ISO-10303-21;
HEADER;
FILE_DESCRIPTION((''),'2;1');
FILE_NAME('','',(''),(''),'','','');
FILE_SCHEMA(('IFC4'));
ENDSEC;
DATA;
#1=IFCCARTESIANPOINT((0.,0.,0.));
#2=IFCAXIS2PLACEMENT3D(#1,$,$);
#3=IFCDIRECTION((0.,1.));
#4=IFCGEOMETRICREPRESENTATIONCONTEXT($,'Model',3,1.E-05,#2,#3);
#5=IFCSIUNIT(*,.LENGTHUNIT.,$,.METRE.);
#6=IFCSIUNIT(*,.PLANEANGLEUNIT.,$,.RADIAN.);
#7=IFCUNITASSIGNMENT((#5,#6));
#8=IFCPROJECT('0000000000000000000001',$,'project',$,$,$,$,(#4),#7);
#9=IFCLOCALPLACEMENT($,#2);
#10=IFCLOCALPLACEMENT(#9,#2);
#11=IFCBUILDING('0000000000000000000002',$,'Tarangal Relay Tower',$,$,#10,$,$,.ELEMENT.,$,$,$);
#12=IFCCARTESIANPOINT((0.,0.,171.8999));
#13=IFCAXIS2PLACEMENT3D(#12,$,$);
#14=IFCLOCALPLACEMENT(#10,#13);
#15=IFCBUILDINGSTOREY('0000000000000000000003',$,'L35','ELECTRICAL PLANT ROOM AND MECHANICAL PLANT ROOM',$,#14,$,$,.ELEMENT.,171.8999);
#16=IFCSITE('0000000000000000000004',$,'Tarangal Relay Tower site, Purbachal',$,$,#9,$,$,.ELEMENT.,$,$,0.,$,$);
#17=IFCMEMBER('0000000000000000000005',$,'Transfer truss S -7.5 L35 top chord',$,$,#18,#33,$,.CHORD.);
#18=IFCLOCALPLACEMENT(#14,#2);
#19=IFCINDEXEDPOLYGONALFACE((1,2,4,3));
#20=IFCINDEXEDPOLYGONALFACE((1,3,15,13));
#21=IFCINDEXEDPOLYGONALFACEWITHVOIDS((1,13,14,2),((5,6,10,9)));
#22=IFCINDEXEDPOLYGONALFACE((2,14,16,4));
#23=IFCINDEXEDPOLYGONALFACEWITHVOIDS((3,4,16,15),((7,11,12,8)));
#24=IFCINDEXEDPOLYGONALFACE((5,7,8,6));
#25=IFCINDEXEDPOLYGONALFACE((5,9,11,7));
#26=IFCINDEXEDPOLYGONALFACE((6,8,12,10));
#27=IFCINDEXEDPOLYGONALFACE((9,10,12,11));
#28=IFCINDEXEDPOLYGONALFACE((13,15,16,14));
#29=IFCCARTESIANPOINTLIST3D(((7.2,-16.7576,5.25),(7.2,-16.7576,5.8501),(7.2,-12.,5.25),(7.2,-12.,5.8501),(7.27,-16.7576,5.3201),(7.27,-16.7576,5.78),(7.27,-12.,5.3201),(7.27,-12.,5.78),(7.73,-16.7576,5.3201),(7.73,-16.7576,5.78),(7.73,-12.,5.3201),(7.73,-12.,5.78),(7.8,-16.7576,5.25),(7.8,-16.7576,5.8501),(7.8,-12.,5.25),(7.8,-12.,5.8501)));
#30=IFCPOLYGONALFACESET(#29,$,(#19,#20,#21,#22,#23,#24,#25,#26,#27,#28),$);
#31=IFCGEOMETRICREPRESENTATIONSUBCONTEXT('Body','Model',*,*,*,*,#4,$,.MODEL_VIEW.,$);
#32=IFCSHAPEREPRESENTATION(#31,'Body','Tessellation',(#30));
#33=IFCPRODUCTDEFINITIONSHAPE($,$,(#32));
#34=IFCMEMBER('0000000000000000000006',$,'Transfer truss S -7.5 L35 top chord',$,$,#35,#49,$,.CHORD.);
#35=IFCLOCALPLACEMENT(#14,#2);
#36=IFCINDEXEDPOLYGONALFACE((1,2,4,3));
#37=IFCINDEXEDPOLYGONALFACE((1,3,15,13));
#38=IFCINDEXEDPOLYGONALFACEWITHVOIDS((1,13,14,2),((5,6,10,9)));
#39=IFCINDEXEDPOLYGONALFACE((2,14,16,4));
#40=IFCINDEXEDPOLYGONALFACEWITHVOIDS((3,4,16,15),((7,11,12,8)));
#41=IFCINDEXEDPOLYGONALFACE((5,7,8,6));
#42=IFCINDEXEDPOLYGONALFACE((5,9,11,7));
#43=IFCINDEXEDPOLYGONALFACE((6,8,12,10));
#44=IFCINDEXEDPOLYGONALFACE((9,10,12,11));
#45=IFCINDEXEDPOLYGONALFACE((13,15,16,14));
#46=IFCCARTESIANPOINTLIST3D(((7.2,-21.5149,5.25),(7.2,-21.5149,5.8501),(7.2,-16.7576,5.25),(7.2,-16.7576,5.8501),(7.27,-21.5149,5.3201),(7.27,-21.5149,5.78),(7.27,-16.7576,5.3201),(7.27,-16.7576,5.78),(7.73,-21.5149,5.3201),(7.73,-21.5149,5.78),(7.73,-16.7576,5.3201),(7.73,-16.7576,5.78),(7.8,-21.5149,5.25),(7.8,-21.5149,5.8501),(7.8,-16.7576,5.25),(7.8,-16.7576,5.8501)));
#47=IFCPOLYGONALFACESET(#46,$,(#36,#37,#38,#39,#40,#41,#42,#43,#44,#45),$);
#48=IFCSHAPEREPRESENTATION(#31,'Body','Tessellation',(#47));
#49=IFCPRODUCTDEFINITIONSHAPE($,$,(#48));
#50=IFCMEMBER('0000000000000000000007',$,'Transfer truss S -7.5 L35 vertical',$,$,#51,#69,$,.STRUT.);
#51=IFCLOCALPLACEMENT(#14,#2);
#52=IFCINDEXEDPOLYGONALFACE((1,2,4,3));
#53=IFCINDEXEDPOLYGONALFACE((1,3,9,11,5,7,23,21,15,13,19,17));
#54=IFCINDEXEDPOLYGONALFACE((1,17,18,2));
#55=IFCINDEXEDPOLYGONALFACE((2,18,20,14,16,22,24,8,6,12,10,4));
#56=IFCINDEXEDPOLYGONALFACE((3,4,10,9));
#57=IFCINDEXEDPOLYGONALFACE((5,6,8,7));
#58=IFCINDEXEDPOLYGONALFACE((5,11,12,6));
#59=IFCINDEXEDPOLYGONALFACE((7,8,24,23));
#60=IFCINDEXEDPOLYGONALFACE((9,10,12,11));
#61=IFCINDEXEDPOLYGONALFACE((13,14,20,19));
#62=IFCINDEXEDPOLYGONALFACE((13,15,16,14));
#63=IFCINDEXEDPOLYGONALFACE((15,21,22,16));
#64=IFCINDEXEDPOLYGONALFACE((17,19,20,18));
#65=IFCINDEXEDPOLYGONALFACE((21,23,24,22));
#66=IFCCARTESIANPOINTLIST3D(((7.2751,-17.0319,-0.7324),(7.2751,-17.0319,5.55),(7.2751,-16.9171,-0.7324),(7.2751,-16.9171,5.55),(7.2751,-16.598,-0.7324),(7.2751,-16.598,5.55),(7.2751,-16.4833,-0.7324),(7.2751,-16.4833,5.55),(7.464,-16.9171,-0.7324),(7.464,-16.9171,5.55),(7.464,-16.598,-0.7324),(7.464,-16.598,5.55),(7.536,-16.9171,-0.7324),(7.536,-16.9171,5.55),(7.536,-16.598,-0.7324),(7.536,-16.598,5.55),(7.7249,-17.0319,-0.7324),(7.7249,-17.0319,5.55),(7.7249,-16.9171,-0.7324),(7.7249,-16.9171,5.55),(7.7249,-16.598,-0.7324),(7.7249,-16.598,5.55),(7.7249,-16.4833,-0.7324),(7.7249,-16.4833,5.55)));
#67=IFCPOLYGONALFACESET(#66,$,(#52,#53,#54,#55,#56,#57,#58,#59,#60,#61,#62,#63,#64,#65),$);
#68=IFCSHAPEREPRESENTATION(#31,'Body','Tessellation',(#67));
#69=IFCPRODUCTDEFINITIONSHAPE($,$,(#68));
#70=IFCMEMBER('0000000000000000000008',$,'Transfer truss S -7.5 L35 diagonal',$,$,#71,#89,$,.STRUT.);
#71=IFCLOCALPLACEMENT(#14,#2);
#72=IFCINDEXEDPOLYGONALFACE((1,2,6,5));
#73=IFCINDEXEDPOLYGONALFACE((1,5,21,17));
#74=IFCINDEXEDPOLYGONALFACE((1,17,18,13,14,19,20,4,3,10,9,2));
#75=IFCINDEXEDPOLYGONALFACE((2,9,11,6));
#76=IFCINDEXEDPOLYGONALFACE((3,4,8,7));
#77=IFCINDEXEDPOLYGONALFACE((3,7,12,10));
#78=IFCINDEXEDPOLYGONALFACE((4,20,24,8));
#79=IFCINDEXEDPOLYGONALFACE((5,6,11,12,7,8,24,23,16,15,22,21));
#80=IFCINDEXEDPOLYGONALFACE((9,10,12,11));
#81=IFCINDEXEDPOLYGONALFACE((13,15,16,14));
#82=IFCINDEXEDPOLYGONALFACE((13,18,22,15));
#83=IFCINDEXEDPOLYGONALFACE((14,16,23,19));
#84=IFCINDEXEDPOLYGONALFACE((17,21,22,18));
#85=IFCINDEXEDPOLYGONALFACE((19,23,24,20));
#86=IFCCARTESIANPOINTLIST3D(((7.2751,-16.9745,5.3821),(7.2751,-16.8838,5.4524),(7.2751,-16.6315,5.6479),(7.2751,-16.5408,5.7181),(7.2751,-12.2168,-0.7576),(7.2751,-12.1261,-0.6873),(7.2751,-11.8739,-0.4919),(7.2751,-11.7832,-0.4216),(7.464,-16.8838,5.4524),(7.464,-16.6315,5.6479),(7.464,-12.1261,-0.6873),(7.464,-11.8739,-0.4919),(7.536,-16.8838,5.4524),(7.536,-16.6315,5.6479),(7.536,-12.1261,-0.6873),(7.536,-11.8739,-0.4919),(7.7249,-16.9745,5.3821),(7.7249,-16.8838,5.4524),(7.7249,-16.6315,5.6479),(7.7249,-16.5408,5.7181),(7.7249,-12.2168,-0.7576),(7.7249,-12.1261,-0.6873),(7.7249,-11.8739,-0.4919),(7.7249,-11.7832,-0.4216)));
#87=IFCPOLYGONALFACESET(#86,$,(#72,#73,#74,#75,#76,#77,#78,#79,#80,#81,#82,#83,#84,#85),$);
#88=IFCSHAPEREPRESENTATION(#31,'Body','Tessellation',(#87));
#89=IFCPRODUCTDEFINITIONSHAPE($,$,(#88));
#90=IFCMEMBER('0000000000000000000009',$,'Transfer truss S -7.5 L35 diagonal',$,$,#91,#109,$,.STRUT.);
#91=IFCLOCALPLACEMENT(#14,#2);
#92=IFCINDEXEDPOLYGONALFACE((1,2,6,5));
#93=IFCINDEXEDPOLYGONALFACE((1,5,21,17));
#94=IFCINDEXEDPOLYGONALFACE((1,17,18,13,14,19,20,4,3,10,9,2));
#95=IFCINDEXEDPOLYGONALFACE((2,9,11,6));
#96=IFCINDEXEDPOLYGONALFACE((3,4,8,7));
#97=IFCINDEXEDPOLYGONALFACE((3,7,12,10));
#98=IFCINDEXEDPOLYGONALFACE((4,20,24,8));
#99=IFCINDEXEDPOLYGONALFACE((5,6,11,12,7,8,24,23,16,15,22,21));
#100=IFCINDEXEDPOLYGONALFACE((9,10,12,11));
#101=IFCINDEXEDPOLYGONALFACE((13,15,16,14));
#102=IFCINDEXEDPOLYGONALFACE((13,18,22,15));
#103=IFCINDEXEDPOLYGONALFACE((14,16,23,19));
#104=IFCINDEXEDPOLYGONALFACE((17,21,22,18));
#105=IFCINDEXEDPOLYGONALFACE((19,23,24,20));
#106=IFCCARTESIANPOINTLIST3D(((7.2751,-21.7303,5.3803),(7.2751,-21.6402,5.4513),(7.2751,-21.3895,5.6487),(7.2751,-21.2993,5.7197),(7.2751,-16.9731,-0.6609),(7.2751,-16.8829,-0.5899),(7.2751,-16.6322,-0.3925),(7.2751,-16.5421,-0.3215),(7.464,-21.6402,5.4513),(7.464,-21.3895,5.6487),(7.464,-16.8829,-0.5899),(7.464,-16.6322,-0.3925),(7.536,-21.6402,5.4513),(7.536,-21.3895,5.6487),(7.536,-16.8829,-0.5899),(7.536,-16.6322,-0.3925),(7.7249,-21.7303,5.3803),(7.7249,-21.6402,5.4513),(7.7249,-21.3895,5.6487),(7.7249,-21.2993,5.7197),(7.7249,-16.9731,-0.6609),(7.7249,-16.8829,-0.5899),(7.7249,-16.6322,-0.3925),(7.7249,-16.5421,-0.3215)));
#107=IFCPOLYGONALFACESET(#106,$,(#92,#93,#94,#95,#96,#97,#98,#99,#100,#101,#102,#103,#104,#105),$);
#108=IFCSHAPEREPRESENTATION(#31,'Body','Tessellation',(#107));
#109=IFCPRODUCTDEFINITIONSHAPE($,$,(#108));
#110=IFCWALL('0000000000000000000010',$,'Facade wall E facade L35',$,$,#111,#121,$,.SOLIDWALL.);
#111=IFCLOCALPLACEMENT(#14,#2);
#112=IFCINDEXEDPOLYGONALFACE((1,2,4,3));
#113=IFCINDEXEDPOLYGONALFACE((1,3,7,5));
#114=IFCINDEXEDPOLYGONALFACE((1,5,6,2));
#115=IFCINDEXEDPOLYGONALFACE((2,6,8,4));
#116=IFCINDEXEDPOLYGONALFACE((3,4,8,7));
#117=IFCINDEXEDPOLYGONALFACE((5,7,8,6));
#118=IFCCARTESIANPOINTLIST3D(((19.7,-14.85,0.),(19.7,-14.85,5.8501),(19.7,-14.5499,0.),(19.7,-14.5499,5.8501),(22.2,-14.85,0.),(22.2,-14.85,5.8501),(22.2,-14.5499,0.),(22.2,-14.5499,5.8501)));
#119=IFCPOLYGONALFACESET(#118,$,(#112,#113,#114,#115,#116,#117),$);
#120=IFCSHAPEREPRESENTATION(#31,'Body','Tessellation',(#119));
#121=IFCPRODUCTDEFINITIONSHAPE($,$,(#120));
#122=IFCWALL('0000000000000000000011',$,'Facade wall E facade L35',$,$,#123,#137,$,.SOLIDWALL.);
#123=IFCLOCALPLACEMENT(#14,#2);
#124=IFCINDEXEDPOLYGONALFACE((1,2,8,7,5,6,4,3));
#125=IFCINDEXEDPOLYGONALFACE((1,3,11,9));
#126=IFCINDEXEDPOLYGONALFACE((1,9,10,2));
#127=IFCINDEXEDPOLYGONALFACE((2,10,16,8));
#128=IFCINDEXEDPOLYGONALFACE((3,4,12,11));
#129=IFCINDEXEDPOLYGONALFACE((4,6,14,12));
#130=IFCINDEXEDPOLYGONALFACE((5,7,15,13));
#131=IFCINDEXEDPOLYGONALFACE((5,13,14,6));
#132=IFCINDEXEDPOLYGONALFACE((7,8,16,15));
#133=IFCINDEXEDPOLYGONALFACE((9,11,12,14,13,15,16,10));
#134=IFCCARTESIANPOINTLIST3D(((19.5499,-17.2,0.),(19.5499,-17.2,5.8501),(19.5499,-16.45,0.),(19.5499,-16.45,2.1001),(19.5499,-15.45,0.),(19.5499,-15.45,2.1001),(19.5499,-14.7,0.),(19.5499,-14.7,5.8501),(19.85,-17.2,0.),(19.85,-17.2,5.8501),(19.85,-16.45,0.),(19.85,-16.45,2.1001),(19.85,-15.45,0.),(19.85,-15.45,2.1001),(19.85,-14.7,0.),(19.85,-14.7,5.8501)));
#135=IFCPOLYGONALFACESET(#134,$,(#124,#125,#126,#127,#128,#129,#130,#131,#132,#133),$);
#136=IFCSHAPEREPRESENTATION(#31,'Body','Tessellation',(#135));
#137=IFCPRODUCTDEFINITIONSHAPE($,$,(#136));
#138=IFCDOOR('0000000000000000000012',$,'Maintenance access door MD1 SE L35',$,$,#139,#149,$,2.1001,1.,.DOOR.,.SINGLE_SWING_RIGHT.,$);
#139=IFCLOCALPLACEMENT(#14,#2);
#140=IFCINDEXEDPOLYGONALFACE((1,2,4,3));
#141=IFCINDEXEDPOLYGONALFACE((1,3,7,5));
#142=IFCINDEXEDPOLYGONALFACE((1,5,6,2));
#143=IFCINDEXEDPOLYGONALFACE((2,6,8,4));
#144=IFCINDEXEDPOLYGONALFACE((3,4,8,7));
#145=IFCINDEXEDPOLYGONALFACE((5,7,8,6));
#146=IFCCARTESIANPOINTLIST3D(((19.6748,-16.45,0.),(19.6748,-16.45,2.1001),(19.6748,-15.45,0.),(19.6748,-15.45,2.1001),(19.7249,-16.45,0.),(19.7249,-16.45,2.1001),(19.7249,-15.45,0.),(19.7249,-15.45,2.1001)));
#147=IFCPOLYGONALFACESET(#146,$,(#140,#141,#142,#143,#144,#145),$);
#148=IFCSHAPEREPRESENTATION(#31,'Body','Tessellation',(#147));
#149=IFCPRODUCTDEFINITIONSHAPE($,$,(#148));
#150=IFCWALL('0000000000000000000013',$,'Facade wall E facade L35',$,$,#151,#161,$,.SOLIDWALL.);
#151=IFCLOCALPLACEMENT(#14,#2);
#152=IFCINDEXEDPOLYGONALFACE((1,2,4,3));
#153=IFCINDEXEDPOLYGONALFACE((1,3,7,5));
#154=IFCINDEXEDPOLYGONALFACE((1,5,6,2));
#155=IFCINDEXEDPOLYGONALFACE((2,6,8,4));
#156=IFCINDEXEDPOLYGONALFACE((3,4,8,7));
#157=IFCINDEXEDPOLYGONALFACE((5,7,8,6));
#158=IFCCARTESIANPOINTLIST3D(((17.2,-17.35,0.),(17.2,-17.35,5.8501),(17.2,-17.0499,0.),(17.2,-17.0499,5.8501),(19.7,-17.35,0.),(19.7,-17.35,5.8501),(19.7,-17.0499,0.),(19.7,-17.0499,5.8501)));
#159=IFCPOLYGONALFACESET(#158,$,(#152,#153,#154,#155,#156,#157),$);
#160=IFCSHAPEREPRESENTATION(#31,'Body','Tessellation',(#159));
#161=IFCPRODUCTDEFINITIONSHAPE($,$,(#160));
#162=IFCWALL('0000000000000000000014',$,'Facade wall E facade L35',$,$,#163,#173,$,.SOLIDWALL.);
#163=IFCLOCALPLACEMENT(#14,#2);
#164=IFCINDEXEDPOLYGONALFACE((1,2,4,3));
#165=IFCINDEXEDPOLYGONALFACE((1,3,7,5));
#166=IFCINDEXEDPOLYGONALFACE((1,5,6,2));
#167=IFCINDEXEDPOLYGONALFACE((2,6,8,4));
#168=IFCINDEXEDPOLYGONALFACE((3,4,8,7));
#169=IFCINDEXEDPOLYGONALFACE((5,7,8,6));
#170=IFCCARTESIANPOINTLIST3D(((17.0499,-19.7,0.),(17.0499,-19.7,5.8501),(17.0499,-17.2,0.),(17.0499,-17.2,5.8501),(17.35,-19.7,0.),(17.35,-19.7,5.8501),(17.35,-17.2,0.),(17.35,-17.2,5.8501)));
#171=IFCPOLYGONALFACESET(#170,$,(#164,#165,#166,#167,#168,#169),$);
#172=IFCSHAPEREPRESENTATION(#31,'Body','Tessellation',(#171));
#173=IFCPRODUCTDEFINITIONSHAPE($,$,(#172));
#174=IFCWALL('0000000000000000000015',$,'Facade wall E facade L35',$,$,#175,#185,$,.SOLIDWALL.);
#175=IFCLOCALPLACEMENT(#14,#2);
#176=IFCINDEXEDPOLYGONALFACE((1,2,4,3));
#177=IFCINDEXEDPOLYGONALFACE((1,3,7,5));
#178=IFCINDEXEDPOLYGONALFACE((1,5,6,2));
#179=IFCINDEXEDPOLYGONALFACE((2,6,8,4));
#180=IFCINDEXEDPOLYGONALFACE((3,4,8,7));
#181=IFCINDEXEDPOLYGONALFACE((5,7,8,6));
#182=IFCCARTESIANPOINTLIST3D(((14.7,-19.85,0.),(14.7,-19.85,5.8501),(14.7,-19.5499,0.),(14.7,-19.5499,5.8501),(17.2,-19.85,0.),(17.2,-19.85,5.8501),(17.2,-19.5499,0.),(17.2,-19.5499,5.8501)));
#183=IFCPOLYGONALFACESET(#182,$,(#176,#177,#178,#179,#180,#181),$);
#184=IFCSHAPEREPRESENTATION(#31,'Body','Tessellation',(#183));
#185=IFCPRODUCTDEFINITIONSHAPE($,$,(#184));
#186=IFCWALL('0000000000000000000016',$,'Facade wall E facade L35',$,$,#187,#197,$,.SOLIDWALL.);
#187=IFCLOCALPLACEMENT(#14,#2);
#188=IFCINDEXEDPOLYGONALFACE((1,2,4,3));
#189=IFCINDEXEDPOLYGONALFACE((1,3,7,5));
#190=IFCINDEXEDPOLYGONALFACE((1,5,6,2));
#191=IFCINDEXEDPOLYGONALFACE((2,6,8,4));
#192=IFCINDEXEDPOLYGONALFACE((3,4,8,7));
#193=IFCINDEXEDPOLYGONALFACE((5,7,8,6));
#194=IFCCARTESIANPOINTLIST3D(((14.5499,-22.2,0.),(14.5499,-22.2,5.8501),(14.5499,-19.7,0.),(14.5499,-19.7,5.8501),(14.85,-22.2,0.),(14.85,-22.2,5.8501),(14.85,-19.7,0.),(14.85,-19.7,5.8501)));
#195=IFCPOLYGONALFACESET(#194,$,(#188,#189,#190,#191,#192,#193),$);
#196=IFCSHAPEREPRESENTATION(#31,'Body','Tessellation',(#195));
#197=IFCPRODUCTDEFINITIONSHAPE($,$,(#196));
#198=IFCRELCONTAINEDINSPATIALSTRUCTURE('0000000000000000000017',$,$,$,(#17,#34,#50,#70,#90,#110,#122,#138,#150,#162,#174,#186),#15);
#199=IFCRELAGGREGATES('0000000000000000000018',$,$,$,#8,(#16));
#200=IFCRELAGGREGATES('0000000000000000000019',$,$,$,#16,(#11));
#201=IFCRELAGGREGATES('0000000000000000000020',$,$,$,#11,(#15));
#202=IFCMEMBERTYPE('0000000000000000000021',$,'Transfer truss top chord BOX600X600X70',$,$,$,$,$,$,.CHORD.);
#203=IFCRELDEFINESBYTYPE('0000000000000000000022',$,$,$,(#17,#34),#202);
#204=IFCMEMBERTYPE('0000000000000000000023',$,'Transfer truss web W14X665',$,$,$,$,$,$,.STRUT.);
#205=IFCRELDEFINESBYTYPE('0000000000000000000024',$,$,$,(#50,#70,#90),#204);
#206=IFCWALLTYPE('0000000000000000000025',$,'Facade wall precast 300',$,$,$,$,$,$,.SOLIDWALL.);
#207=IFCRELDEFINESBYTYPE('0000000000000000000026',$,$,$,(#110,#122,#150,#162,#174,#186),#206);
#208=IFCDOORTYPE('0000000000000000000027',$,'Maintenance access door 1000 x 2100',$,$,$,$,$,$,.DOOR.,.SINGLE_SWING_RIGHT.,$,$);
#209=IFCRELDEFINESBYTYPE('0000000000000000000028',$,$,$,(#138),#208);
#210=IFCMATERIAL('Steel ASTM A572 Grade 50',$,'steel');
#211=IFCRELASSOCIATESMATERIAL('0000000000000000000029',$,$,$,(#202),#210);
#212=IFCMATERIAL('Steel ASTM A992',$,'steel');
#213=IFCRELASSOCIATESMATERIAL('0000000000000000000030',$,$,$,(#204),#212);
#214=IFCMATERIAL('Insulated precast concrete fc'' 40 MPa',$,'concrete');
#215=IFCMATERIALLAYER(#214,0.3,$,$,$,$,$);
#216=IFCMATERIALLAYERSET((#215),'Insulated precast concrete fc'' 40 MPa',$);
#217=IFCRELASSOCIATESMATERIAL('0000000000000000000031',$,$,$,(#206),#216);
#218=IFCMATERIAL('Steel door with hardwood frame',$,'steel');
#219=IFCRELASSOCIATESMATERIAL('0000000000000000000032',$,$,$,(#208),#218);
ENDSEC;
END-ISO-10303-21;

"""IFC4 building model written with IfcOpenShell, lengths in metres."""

from ifc_helpers import new_model, si_unit, direction, frame, frame_2d, origin, origin_2d, place, context, subcontext, project, spatial, rectangle, hollow_rectangle, i_section, extrude, material, layer, layer_set, material_profile, profile_set, type_object, element, fill, save


model = new_model("IFC4")

# Units and contexts
model_context = context("Model", 3, precision=1e-05, world=origin(), true_north=direction((0.0, 1.0)))
body_context = subcontext(model_context, "Body", "Model", "MODEL_VIEW")
ifc_project = project(units=[si_unit("LENGTHUNIT", "METRE"), si_unit("PLANEANGLEUNIT", "RADIAN")], contexts=[model_context])

# Site, building, storey
site_placement = place(None, origin())
site = spatial("IfcSite", under=ifc_project, at=site_placement, Name="Tarangal Relay Tower site, Purbachal", CompositionType="ELEMENT", RefElevation=0.0)
building_placement = place(site_placement, origin())
building = spatial("IfcBuilding", under=site, at=building_placement, Name="Tarangal Relay Tower", CompositionType="ELEMENT")
storey_placement = place(building_placement, frame((0.0, 0.0, 171.8999)))
storey = spatial("IfcBuildingStorey", under=building, at=storey_placement, Name="L35", Description="ELECTRICAL PLANT ROOM AND MECHANICAL PLANT ROOM", CompositionType="ELEMENT", Elevation=171.8999)

# Shared definitions
ifc_material_1 = material(Name="Steel ASTM A992", Category="steel")

# Members
ifc_material_2 = material(Name="Steel ASTM A572 Grade 50", Category="steel")
ifc_material_profile_1 = material_profile(ifc_material_2, hollow_rectangle(XDim=0.6001, YDim=0.6001, WallThickness=0.0701, at=origin_2d()), Name="BOX600X600X70")
ifc_profile_set_1 = profile_set([ifc_material_profile_1], Name="Steel ASTM A572 Grade 50")
member_type_1 = type_object("IfcMemberType", Name="Transfer truss top chord BOX600X600X70", PredefinedType="CHORD", material=ifc_profile_set_1)
member_1_placement = place(storey_placement, frame((7.5, -12.0, 5.55), z_axis=(0.0, -1.0, 0.0), x_axis=(1.0, 0.0, 0.0)))
element("IfcMember", 1, at=member_1_placement, inside=storey, type_object=member_type_1, Name="Transfer truss S -7.5 L35 top chord", PredefinedType="CHORD", context=body_context, shape_type="SweptSolid", body=[
    extrude(hollow_rectangle(XDim=0.6001, YDim=0.6001, WallThickness=0.0701, at=origin_2d()), origin(), (0.0, 0.0, 1.0), 4.7576),
])
member_2_placement = place(storey_placement, frame((7.5, -16.7576, 5.55), z_axis=(0.0, -1.0, 0.0), x_axis=(1.0, 0.0, 0.0)))
element("IfcMember", 2, at=member_2_placement, inside=storey, type_object=member_type_1, Name="Transfer truss S -7.5 L35 top chord", PredefinedType="CHORD", context=body_context, shape_type="SweptSolid", body=[
    extrude(hollow_rectangle(XDim=0.6001, YDim=0.6001, WallThickness=0.0701, at=origin_2d()), origin(), (0.0, 0.0, 1.0), 4.7573),
])
ifc_material_profile_2 = material_profile(ifc_material_1, i_section(OverallWidth=0.4497, OverallDepth=0.5486, WebThickness=0.072, FlangeThickness=0.1147, at=origin_2d()), Name="W14X665")
ifc_profile_set_2 = profile_set([ifc_material_profile_2], Name="Steel ASTM A992")
member_type_2 = type_object("IfcMemberType", Name="Transfer truss web W14X665", PredefinedType="STRUT", material=ifc_profile_set_2)
member_3_placement = place(storey_placement, frame((7.5, -16.7576, -0.7324), z_axis=(0.0, 0.0, 1.0), x_axis=(1.0, 0.0, 0.0)))
element("IfcMember", 3, at=member_3_placement, inside=storey, type_object=member_type_2, Name="Transfer truss S -7.5 L35 vertical", PredefinedType="STRUT", context=body_context, shape_type="SweptSolid", body=[
    extrude(i_section(OverallWidth=0.4497, OverallDepth=0.5486, WebThickness=0.072, FlangeThickness=0.1147, at=origin_2d()), origin(), (0.0, 0.0, 1.0), 6.2825),
])
member_4_placement = place(storey_placement, frame((7.5, -12.0, -0.5896), z_axis=(0.0, -0.612519, 0.790456), x_axis=(1.0, 0.0, 0.0)))
element("IfcMember", 4, at=member_4_placement, inside=storey, type_object=member_type_2, Name="Transfer truss S -7.5 L35 diagonal", PredefinedType="STRUT", context=body_context, shape_type="SweptSolid", body=[
    extrude(i_section(OverallWidth=0.4497, OverallDepth=0.5486, WebThickness=0.072, FlangeThickness=0.1147, at=origin_2d()), origin(), (0.0, 0.0, 1.0), 7.7673),
])
member_5_placement = place(storey_placement, frame((7.5, -16.7576, -0.4912), z_axis=(0.0, -0.618675, 0.785647), x_axis=(1.0, 0.0, 0.0)))
element("IfcMember", 5, at=member_5_placement, inside=storey, type_object=member_type_2, Name="Transfer truss S -7.5 L35 diagonal", PredefinedType="STRUT", context=body_context, shape_type="SweptSolid", body=[
    extrude(i_section(OverallWidth=0.4497, OverallDepth=0.5486, WebThickness=0.072, FlangeThickness=0.1147, at=origin_2d()), origin(), (0.0, 0.0, 1.0), 7.6895),
])

# Wall
ifc_material_3 = material(Name="Insulated precast concrete fc' 40 MPa", Category="concrete")
ifc_layer_1 = layer(ifc_material_3, 0.3)
ifc_layer_set_1 = layer_set([ifc_layer_1], Name="Insulated precast concrete fc' 40 MPa")
wall_type_1 = type_object("IfcWallType", Name="Facade wall precast 300", PredefinedType="SOLIDWALL", material=ifc_layer_set_1)
wall_1_placement = place(storey_placement, frame((22.2, -14.7, 0.0), z_axis=(0.0, 0.0, 1.0), x_axis=(-1.0, 0.0, 0.0)))
element("IfcWall", 6, at=wall_1_placement, inside=storey, type_object=wall_type_1, Name="Facade wall E facade L35", PredefinedType="SOLIDWALL", context=body_context, shape_type="SweptSolid", body=[
    extrude(rectangle(XDim=2.5, YDim=0.3, at=frame_2d((1.25, 0.0))), origin(), (0.0, 0.0, 1.0), 5.8501),
])

# Wall, opening, door
wall_2_placement = place(storey_placement, frame((19.7, -14.7, 0.0), z_axis=(0.0, 0.0, 1.0), x_axis=(0.0, -1.0, 0.0)))
wall_2 = element("IfcWall", 7, at=wall_2_placement, inside=storey, type_object=wall_type_1, Name="Facade wall E facade L35", PredefinedType="SOLIDWALL", context=body_context, shape_type="SweptSolid", body=[
    extrude(rectangle(XDim=2.5, YDim=0.3, at=frame_2d((1.25, 0.0))), origin(), (0.0, 0.0, 1.0), 5.8501),
])
opening_1_placement = place(wall_2_placement, frame((0.75, 0.0, 0.0)))
opening_1 = element("IfcOpeningElement", 8, at=opening_1_placement, cuts=wall_2, PredefinedType="OPENING", context=body_context, shape_type="SweptSolid", body=[
    extrude(rectangle(XDim=1.0, YDim=2.1001, at=frame_2d((0.5, 1.05))), frame((0.0, 0.1599, 0.0), z_axis=(0.0, -1.0, 0.0), x_axis=(1.0, 0.0, 0.0)), (0.0, 0.0, 1.0), 0.3201),
])
ifc_material_4 = material(Name="Steel door with hardwood frame", Category="steel")
door_type = type_object("IfcDoorType", Name="Maintenance access door 1000 x 2100", OperationType="SINGLE_SWING_RIGHT", PredefinedType="DOOR", material=ifc_material_4)
door_placement = place(opening_1_placement, origin())
door = element("IfcDoor", 9, at=door_placement, inside=storey, type_object=door_type, Name="Maintenance access door MD1 SE L35", OperationType="SINGLE_SWING_RIGHT", OverallHeight=2.1001, OverallWidth=1.0, PredefinedType="DOOR", context=body_context, shape_type="SweptSolid", body=[
    extrude(rectangle(XDim=1.0, YDim=2.1001, at=frame_2d((0.5, 1.05))), frame((0.0, 0.0249, 0.0), z_axis=(0.0, -1.0, 0.0), x_axis=(1.0, 0.0, 0.0)), (0.0, 0.0, 1.0), 0.05),
])
fill(opening_1, door)

# Walls
for number, where, z_axis, x_axis, name in (
    (10, (19.7, -17.2, 0.0), (0.0, 0.0, 1.0), (-1.0, 0.0, 0.0), "Facade wall E facade L35"),
    (11, (17.2, -17.2, 0.0), (0.0, 0.0, 1.0), (0.0, -1.0, 0.0), "Facade wall E facade L35"),
    (12, (17.2, -19.7, 0.0), (0.0, 0.0, 1.0), (-1.0, 0.0, 0.0), "Facade wall E facade L35"),
    (13, (14.7, -19.7, 0.0), (0.0, 0.0, 1.0), (0.0, -1.0, 0.0), "Facade wall E facade L35"),
):
    element("IfcWall", number, at=place(storey_placement, frame(where, z_axis=z_axis, x_axis=x_axis)), inside=storey, type_object=wall_type_1, Name=name, PredefinedType="SOLIDWALL", context=body_context, shape_type="SweptSolid", body=[
        extrude(rectangle(XDim=2.5, YDim=0.3, at=frame_2d((1.25, 0.0))), origin(), (0.0, 0.0, 1.0), 5.8501),
    ])

save(model, "model.ifc")
